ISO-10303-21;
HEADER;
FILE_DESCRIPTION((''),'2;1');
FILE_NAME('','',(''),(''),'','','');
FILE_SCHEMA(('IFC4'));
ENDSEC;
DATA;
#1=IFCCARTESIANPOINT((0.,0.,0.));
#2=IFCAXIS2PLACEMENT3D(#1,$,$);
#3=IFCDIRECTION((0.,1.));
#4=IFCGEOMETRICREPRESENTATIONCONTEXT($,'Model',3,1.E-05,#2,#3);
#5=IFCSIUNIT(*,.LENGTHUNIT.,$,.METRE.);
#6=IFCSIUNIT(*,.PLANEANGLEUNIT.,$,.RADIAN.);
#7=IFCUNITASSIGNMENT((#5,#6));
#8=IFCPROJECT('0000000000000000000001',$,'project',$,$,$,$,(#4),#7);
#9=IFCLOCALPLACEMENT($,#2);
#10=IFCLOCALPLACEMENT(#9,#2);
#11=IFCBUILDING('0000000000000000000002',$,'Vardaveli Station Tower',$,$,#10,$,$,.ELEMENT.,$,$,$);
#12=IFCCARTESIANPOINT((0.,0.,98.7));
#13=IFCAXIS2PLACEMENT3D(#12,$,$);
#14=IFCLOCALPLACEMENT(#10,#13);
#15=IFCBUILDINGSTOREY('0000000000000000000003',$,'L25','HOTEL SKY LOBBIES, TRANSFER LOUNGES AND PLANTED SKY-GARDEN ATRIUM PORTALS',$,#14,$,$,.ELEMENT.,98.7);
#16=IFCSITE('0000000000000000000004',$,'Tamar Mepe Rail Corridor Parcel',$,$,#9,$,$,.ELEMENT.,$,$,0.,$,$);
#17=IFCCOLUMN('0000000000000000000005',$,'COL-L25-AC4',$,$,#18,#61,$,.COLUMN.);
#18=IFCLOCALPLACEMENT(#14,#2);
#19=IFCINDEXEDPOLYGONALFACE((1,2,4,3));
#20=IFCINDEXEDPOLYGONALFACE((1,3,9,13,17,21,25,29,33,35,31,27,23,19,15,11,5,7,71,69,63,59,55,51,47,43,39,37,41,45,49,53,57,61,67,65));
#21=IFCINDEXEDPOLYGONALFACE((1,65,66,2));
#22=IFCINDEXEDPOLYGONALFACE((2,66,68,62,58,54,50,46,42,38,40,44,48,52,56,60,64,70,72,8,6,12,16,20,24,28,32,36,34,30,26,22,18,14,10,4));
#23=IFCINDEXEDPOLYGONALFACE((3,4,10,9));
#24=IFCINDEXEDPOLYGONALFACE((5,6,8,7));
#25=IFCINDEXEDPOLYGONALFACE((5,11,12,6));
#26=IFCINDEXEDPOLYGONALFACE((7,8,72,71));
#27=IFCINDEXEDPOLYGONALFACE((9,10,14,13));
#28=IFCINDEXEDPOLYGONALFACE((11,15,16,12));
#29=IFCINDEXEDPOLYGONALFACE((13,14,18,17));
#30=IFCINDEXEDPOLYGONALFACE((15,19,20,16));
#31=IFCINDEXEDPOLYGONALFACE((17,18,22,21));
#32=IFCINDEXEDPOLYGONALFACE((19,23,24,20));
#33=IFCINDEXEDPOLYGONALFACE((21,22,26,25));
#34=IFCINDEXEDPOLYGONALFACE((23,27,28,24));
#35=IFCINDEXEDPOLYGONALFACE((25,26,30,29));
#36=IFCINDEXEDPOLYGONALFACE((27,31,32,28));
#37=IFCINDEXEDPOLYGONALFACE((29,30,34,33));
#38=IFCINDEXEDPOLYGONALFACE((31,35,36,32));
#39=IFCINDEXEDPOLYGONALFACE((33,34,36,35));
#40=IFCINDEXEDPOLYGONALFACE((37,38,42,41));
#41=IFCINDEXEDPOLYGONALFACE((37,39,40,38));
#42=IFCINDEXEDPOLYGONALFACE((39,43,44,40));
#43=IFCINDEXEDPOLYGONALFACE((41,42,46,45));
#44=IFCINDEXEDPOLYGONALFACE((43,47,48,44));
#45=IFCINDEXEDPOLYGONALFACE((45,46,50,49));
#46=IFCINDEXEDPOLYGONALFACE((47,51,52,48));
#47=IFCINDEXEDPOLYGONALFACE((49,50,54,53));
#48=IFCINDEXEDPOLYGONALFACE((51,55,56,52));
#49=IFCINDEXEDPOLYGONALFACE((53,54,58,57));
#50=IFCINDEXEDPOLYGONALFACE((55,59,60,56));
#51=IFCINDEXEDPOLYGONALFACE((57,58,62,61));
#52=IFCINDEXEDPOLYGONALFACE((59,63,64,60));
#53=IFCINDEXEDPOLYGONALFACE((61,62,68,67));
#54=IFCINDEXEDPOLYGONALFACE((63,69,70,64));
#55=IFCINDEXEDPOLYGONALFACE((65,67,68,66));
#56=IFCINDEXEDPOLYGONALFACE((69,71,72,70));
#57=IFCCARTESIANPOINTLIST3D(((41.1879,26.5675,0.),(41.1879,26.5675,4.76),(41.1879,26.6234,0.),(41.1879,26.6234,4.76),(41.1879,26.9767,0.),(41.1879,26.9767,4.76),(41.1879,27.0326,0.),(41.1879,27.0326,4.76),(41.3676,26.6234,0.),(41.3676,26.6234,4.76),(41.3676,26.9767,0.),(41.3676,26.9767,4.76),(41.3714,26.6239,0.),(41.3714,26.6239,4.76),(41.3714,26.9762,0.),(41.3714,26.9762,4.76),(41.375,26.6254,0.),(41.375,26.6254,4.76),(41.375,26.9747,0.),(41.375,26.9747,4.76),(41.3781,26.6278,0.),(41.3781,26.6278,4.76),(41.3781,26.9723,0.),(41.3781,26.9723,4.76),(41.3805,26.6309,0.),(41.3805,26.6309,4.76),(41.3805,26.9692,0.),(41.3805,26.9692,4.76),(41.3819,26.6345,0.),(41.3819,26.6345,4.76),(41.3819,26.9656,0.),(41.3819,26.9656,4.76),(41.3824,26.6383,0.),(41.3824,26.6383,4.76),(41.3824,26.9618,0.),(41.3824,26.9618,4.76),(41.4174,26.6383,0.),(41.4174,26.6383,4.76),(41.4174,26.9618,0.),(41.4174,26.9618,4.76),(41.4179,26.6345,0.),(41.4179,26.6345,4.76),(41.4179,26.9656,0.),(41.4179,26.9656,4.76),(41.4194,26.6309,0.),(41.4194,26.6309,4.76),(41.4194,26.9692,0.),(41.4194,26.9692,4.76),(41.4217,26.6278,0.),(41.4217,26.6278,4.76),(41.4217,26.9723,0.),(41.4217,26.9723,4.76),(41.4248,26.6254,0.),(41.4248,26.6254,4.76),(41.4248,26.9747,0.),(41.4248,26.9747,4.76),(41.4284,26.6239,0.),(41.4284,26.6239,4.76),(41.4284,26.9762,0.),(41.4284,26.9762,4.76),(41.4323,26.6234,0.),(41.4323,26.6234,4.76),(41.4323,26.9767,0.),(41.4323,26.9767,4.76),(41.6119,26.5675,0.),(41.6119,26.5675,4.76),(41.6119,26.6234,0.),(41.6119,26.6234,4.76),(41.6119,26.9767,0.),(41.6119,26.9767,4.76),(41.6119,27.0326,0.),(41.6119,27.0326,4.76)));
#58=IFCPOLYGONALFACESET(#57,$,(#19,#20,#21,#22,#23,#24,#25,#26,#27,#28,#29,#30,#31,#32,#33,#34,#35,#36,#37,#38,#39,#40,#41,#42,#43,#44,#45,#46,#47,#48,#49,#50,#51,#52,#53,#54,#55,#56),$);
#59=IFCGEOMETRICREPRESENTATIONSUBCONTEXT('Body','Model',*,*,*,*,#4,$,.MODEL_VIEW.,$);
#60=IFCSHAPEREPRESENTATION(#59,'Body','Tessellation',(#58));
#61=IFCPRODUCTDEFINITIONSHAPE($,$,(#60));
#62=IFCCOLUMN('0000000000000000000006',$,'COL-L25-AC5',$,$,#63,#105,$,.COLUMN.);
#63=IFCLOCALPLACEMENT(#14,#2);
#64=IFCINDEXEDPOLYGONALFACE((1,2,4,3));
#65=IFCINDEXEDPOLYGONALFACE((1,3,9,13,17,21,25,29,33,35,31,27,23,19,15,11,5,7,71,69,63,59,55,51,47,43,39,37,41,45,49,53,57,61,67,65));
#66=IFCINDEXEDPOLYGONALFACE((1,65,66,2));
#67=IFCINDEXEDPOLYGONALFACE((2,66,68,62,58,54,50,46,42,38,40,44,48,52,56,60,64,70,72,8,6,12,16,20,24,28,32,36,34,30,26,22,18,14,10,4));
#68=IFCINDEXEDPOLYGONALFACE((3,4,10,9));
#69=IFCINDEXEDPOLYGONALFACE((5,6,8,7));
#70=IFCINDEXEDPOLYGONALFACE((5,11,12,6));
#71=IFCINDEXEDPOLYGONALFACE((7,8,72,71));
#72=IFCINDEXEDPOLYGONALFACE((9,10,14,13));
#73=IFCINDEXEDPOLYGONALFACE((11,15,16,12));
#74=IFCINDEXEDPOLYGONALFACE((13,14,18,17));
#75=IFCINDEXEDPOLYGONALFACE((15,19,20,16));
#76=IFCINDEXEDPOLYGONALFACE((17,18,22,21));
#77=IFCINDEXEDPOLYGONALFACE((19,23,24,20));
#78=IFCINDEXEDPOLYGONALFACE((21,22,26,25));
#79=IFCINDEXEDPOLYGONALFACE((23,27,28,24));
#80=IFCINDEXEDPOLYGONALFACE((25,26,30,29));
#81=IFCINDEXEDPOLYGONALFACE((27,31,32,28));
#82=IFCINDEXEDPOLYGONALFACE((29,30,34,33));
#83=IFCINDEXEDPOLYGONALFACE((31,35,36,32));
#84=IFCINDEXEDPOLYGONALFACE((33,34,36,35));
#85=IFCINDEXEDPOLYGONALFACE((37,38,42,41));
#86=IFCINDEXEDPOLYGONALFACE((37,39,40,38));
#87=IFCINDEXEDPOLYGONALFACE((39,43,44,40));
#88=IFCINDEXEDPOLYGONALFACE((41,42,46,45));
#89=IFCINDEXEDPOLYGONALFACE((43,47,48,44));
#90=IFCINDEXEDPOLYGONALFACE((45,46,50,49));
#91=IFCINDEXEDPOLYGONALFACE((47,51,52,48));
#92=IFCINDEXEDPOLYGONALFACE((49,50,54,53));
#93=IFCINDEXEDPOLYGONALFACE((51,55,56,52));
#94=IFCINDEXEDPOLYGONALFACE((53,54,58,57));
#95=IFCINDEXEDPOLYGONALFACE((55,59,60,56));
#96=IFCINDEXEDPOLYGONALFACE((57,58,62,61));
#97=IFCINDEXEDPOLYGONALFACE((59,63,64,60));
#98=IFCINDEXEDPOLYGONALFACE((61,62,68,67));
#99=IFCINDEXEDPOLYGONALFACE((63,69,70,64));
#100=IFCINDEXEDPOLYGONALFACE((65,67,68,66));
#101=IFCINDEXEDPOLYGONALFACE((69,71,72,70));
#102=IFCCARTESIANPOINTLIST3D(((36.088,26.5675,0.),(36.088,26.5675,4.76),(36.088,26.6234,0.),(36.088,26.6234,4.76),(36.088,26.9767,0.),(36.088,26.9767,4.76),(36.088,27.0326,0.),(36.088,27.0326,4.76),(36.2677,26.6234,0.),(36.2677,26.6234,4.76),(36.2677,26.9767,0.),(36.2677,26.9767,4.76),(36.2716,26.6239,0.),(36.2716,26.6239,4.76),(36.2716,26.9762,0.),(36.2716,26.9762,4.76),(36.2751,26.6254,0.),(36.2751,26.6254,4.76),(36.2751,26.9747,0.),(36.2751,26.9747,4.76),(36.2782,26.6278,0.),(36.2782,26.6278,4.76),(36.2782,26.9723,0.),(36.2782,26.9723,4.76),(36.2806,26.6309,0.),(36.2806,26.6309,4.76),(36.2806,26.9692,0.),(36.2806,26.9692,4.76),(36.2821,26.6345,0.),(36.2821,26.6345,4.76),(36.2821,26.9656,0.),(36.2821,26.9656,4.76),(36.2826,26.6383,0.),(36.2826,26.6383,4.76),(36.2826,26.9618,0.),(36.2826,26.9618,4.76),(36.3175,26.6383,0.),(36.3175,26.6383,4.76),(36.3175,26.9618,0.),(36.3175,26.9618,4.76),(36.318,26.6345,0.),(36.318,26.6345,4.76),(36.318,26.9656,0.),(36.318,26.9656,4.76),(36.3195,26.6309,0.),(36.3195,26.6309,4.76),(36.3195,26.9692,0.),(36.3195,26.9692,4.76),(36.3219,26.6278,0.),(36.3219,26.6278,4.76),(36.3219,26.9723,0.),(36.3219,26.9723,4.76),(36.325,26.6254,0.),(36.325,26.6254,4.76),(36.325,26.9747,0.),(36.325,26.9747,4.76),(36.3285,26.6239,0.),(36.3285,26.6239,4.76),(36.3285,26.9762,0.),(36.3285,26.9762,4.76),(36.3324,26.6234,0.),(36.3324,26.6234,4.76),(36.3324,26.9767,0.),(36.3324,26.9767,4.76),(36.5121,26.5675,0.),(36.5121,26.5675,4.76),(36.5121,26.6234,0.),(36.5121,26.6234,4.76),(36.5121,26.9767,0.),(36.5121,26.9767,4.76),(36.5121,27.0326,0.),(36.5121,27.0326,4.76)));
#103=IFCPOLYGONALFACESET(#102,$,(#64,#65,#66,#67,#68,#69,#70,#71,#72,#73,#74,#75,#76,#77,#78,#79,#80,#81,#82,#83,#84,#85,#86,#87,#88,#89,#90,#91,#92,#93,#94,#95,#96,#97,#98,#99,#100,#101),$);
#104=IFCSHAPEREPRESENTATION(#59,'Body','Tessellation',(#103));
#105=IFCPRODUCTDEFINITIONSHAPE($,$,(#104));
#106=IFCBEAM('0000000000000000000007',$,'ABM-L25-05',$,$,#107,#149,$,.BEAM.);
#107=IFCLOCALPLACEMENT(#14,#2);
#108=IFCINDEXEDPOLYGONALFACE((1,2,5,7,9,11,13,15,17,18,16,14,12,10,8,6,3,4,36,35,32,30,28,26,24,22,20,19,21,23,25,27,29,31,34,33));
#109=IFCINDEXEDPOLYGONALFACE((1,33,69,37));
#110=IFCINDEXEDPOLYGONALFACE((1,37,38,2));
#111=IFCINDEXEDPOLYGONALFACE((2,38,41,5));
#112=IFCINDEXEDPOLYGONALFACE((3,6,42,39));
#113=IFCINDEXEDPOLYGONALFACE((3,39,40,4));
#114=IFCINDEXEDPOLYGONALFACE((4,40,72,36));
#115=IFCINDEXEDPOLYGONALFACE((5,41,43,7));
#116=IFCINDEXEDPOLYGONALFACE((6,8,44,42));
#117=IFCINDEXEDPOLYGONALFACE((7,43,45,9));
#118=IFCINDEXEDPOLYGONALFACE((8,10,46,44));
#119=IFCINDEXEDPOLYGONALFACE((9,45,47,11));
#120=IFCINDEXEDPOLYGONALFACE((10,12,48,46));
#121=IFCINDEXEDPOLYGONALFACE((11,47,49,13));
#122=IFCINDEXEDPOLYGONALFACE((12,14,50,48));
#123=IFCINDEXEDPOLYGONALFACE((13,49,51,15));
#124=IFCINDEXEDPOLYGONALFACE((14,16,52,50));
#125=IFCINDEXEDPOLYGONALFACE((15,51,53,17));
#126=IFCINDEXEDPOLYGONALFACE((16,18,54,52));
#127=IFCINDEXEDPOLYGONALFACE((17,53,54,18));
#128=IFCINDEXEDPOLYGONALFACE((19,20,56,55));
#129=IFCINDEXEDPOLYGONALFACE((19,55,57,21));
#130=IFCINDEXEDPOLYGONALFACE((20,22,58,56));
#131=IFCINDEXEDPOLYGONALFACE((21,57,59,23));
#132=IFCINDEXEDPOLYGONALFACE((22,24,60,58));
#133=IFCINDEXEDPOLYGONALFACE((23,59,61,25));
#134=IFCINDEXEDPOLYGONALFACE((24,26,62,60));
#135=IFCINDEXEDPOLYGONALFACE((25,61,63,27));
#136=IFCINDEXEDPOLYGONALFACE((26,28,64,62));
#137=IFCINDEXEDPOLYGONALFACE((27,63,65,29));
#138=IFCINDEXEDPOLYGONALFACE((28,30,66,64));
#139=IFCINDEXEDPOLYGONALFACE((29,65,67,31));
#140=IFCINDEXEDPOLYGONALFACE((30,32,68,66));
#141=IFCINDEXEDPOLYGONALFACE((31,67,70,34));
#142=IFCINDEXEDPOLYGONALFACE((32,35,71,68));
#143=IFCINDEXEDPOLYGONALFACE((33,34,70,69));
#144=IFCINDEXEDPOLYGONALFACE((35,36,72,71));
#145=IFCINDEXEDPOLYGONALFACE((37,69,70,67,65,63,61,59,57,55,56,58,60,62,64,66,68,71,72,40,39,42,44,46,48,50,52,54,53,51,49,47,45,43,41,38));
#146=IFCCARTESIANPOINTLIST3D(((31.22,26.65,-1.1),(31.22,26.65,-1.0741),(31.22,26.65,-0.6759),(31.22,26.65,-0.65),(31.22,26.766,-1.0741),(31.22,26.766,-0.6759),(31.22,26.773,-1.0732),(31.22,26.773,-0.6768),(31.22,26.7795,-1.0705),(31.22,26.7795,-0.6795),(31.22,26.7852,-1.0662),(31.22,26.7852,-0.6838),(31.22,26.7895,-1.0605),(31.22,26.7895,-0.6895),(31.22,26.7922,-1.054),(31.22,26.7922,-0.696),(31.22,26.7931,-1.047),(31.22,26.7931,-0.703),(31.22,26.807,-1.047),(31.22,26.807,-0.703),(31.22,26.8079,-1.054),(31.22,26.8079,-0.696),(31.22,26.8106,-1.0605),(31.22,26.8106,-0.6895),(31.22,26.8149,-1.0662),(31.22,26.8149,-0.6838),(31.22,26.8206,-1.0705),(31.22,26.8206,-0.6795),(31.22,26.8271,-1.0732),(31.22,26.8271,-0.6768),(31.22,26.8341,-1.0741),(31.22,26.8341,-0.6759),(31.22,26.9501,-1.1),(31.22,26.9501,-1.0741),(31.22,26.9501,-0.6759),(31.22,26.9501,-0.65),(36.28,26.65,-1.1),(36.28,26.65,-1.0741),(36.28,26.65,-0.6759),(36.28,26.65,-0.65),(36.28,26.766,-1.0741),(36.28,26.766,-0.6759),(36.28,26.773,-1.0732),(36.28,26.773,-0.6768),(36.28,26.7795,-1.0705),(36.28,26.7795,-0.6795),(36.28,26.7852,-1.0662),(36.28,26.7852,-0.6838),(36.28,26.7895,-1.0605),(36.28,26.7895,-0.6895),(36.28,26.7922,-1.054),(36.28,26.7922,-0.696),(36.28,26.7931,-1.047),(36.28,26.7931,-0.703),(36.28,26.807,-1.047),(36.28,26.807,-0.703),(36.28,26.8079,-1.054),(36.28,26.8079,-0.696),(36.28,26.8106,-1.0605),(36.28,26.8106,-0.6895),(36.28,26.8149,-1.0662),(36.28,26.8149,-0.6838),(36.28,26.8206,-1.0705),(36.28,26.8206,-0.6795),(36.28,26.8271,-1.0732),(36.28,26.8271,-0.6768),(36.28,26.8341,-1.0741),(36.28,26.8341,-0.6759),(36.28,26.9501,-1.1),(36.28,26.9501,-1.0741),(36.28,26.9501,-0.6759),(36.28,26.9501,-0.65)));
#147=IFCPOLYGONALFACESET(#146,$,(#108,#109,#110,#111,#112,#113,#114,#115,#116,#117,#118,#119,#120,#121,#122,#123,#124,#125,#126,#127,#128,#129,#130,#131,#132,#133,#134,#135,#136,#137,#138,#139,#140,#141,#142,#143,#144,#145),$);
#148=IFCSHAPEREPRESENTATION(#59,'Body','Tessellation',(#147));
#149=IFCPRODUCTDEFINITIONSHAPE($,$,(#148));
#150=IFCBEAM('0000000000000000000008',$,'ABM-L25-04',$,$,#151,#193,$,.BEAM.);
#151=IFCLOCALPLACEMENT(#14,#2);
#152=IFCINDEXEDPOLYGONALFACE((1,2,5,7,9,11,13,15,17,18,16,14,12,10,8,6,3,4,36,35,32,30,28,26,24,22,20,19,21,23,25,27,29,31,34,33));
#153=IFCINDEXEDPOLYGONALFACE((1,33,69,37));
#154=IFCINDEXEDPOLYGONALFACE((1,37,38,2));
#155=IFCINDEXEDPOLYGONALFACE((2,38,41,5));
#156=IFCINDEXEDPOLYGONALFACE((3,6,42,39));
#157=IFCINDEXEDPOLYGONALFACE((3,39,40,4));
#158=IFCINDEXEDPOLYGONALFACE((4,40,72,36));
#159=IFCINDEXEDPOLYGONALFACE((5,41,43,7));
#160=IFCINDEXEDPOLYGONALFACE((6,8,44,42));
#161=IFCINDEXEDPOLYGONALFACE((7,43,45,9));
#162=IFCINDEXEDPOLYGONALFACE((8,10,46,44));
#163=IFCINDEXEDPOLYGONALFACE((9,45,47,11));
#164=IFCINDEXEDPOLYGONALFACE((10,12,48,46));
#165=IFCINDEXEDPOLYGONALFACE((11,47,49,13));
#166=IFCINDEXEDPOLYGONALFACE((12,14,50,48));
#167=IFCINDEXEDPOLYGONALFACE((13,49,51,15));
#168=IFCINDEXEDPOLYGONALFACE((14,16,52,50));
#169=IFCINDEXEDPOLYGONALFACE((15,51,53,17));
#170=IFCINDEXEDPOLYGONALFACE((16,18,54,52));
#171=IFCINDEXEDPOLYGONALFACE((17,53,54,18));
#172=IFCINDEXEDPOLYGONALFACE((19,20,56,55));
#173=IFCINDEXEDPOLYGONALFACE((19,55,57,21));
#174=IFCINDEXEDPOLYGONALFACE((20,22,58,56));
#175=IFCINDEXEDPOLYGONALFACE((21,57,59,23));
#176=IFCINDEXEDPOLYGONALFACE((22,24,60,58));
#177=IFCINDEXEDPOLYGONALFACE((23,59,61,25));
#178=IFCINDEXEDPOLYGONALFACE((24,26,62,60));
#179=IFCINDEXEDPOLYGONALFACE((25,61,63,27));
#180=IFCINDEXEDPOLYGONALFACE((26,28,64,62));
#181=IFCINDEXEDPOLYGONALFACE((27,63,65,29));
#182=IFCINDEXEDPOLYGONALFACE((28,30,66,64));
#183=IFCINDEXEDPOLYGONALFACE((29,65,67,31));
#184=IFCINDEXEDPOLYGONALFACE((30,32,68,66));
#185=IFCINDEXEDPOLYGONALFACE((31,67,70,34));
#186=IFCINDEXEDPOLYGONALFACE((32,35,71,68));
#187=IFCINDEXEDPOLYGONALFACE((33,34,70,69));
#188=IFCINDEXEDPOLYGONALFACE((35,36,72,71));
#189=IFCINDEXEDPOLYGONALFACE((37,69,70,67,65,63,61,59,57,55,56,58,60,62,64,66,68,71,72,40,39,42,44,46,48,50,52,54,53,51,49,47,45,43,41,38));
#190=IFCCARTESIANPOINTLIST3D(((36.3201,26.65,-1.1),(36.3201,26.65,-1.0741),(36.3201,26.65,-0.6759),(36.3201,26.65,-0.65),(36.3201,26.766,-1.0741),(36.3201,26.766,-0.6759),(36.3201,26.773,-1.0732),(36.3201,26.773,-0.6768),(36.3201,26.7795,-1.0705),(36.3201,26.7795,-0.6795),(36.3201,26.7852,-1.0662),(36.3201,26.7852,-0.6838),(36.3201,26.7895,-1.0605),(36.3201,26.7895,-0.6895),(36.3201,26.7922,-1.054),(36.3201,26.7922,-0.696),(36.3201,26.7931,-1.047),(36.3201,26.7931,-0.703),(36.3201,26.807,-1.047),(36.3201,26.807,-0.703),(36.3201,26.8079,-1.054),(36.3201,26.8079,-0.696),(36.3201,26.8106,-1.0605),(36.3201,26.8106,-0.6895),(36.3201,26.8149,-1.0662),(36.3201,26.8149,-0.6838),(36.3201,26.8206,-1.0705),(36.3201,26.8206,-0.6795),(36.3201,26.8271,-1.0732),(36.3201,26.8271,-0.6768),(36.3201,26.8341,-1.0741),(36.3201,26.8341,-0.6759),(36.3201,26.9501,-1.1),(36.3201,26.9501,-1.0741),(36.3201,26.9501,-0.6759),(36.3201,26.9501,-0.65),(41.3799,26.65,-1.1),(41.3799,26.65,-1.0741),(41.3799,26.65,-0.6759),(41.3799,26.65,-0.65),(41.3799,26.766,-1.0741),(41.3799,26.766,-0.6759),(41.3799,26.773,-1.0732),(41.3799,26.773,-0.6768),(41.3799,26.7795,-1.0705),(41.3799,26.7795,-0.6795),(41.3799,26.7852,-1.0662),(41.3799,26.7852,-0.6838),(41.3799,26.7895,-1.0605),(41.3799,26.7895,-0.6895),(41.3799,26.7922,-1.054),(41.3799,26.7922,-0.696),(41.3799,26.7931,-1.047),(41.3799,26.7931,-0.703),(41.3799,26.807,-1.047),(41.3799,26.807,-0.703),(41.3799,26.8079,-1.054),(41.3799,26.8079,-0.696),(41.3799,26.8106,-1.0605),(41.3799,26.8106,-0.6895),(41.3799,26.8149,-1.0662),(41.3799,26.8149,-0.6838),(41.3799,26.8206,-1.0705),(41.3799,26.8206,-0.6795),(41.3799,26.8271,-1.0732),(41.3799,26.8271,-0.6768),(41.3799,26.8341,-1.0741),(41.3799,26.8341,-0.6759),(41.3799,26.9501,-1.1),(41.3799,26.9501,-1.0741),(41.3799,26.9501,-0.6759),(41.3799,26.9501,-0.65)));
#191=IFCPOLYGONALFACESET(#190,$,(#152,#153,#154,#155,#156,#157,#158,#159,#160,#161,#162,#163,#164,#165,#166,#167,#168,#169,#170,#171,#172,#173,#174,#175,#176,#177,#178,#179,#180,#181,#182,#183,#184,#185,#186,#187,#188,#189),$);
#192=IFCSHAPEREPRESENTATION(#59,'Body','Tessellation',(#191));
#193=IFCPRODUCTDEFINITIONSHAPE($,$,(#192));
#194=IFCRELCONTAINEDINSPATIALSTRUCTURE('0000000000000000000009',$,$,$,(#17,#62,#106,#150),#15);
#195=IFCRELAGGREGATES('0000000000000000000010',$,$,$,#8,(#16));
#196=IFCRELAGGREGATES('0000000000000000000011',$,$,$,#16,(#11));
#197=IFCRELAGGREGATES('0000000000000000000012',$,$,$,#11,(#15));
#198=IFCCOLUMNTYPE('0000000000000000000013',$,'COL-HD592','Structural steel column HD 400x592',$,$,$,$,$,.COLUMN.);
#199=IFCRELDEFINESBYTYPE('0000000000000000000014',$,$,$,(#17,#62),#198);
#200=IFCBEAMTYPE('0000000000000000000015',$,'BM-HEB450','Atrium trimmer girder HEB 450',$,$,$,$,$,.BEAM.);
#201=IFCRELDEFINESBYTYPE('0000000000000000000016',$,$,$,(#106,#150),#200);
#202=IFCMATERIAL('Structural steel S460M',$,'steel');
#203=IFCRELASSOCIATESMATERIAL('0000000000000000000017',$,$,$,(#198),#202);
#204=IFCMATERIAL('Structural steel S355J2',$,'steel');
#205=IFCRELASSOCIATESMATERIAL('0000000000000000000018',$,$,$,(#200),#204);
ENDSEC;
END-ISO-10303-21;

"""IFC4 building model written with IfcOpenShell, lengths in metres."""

from ifc_helpers import new_model, si_unit, direction, frame, origin, origin_2d, place, context, subcontext, project, spatial, i_section, extrude, source, transform, mapped, material, material_profile, profile_set, type_object, element, save


model = new_model("IFC4")

# Units and contexts
model_context = context("Model", 3, precision=1e-05, world=origin(), true_north=direction((0.0, 1.0)))
body_context = subcontext(model_context, "Body", "Model", "MODEL_VIEW")
ifc_project = project(units=[si_unit("LENGTHUNIT", "METRE"), si_unit("PLANEANGLEUNIT", "RADIAN")], contexts=[model_context])

# Site, building, storey
site_placement = place(None, origin())
site = spatial("IfcSite", under=ifc_project, at=site_placement, Name="Tamar Mepe Rail Corridor Parcel", CompositionType="ELEMENT", RefElevation=0.0)
building_placement = place(site_placement, origin())
building = spatial("IfcBuilding", under=site, at=building_placement, Name="Vardaveli Station Tower", CompositionType="ELEMENT")
storey_placement = place(building_placement, frame((0.0, 0.0, 98.7)))
storey = spatial("IfcBuildingStorey", under=building, at=storey_placement, Name="L25", Description="HOTEL SKY LOBBIES, TRANSFER LOUNGES AND PLANTED SKY-GARDEN ATRIUM PORTALS", CompositionType="ELEMENT", Elevation=98.7)

# Columns
ifc_material_1 = material(Name="Structural steel S460M", Category="steel")
ifc_material_profile_1 = material_profile(ifc_material_1, i_section(OverallWidth=0.4241, OverallDepth=0.4651, WebThickness=0.0349, FlangeThickness=0.0559, FilletRadius=0.0149, at=origin_2d()), Name="HD 400x592")
ifc_profile_set_1 = profile_set([ifc_material_profile_1], Name="Structural steel S460M")
column_type = type_object("IfcColumnType", Name="COL-HD592", Description="Structural steel column HD 400x592", PredefinedType="COLUMN", material=ifc_profile_set_1)
shared_shape_1 = source(origin(), body_context, "Body", "SweptSolid", [
    extrude(i_section(OverallWidth=0.4241, OverallDepth=0.4651, WebThickness=0.0349, FlangeThickness=0.0559, FilletRadius=0.0149, at=origin_2d()), origin(), (0.0, 0.0, 1.0), 4.76),
])
for number, where, z_axis, x_axis, name in (
    (1, (41.3999, 26.8, 0.0), (0.0, 0.0, 1.0), (1.0, 0.0, 0.0), "COL-L25-AC4"),
    (2, (36.3, 26.8, 0.0), (0.0, 0.0, 1.0), (1.0, 0.0, 0.0), "COL-L25-AC5"),
):
    element("IfcColumn", number, at=place(storey_placement, frame(where, z_axis=z_axis, x_axis=x_axis)), inside=storey, type_object=column_type, Name=name, PredefinedType="COLUMN", context=body_context, shape_type="MappedRepresentation", body=[
        mapped(shared_shape_1, transform((0.0, 0.0, 0.0), scale=1.0)),
    ])

# Beams
ifc_material_2 = material(Name="Structural steel S355J2", Category="steel")
ifc_material_profile_2 = material_profile(ifc_material_2, i_section(OverallWidth=0.3, OverallDepth=0.45, WebThickness=0.0139, FlangeThickness=0.0259, FilletRadius=0.0271, at=origin_2d()), Name="HEB 450")
ifc_profile_set_2 = profile_set([ifc_material_profile_2], Name="Structural steel S355J2")
beam_type_1 = type_object("IfcBeamType", Name="BM-HEB450", Description="Atrium trimmer girder HEB 450", PredefinedType="BEAM", material=ifc_profile_set_2)
shared_shape_2 = source(origin(), body_context, "Body", "SweptSolid", [
    extrude(i_section(OverallWidth=0.3, OverallDepth=0.45, WebThickness=0.0139, FlangeThickness=0.0259, FilletRadius=0.0271, at=origin_2d()), origin(), (0.0, 0.0, 1.0), 5.0601),
])
beam_1_placement = place(storey_placement, frame((36.28, 26.8, -0.875), z_axis=(-1.0, 0.0, 0.0), x_axis=(0.0, -1.0, 0.0)))
element("IfcBeam", 3, at=beam_1_placement, inside=storey, type_object=beam_type_1, Name="ABM-L25-05", PredefinedType="BEAM", context=body_context, shape_type="MappedRepresentation", body=[
    mapped(shared_shape_2, transform((0.0, 0.0, 0.0), scale=1.0)),
])
shared_shape_3 = source(origin(), body_context, "Body", "SweptSolid", [
    extrude(i_section(OverallWidth=0.3, OverallDepth=0.45, WebThickness=0.0139, FlangeThickness=0.0259, FilletRadius=0.0271, at=origin_2d()), origin(), (0.0, 0.0, 1.0), 5.0598),
])
beam_2_placement = place(storey_placement, frame((41.3799, 26.8, -0.875), z_axis=(-1.0, 0.0, 0.0), x_axis=(0.0, -1.0, 0.0)))
element("IfcBeam", 4, at=beam_2_placement, inside=storey, type_object=beam_type_1, Name="ABM-L25-04", PredefinedType="BEAM", context=body_context, shape_type="MappedRepresentation", body=[
    mapped(shared_shape_3, transform((0.0, 0.0, 0.0), scale=1.0)),
])

save(model, "model.ifc")
